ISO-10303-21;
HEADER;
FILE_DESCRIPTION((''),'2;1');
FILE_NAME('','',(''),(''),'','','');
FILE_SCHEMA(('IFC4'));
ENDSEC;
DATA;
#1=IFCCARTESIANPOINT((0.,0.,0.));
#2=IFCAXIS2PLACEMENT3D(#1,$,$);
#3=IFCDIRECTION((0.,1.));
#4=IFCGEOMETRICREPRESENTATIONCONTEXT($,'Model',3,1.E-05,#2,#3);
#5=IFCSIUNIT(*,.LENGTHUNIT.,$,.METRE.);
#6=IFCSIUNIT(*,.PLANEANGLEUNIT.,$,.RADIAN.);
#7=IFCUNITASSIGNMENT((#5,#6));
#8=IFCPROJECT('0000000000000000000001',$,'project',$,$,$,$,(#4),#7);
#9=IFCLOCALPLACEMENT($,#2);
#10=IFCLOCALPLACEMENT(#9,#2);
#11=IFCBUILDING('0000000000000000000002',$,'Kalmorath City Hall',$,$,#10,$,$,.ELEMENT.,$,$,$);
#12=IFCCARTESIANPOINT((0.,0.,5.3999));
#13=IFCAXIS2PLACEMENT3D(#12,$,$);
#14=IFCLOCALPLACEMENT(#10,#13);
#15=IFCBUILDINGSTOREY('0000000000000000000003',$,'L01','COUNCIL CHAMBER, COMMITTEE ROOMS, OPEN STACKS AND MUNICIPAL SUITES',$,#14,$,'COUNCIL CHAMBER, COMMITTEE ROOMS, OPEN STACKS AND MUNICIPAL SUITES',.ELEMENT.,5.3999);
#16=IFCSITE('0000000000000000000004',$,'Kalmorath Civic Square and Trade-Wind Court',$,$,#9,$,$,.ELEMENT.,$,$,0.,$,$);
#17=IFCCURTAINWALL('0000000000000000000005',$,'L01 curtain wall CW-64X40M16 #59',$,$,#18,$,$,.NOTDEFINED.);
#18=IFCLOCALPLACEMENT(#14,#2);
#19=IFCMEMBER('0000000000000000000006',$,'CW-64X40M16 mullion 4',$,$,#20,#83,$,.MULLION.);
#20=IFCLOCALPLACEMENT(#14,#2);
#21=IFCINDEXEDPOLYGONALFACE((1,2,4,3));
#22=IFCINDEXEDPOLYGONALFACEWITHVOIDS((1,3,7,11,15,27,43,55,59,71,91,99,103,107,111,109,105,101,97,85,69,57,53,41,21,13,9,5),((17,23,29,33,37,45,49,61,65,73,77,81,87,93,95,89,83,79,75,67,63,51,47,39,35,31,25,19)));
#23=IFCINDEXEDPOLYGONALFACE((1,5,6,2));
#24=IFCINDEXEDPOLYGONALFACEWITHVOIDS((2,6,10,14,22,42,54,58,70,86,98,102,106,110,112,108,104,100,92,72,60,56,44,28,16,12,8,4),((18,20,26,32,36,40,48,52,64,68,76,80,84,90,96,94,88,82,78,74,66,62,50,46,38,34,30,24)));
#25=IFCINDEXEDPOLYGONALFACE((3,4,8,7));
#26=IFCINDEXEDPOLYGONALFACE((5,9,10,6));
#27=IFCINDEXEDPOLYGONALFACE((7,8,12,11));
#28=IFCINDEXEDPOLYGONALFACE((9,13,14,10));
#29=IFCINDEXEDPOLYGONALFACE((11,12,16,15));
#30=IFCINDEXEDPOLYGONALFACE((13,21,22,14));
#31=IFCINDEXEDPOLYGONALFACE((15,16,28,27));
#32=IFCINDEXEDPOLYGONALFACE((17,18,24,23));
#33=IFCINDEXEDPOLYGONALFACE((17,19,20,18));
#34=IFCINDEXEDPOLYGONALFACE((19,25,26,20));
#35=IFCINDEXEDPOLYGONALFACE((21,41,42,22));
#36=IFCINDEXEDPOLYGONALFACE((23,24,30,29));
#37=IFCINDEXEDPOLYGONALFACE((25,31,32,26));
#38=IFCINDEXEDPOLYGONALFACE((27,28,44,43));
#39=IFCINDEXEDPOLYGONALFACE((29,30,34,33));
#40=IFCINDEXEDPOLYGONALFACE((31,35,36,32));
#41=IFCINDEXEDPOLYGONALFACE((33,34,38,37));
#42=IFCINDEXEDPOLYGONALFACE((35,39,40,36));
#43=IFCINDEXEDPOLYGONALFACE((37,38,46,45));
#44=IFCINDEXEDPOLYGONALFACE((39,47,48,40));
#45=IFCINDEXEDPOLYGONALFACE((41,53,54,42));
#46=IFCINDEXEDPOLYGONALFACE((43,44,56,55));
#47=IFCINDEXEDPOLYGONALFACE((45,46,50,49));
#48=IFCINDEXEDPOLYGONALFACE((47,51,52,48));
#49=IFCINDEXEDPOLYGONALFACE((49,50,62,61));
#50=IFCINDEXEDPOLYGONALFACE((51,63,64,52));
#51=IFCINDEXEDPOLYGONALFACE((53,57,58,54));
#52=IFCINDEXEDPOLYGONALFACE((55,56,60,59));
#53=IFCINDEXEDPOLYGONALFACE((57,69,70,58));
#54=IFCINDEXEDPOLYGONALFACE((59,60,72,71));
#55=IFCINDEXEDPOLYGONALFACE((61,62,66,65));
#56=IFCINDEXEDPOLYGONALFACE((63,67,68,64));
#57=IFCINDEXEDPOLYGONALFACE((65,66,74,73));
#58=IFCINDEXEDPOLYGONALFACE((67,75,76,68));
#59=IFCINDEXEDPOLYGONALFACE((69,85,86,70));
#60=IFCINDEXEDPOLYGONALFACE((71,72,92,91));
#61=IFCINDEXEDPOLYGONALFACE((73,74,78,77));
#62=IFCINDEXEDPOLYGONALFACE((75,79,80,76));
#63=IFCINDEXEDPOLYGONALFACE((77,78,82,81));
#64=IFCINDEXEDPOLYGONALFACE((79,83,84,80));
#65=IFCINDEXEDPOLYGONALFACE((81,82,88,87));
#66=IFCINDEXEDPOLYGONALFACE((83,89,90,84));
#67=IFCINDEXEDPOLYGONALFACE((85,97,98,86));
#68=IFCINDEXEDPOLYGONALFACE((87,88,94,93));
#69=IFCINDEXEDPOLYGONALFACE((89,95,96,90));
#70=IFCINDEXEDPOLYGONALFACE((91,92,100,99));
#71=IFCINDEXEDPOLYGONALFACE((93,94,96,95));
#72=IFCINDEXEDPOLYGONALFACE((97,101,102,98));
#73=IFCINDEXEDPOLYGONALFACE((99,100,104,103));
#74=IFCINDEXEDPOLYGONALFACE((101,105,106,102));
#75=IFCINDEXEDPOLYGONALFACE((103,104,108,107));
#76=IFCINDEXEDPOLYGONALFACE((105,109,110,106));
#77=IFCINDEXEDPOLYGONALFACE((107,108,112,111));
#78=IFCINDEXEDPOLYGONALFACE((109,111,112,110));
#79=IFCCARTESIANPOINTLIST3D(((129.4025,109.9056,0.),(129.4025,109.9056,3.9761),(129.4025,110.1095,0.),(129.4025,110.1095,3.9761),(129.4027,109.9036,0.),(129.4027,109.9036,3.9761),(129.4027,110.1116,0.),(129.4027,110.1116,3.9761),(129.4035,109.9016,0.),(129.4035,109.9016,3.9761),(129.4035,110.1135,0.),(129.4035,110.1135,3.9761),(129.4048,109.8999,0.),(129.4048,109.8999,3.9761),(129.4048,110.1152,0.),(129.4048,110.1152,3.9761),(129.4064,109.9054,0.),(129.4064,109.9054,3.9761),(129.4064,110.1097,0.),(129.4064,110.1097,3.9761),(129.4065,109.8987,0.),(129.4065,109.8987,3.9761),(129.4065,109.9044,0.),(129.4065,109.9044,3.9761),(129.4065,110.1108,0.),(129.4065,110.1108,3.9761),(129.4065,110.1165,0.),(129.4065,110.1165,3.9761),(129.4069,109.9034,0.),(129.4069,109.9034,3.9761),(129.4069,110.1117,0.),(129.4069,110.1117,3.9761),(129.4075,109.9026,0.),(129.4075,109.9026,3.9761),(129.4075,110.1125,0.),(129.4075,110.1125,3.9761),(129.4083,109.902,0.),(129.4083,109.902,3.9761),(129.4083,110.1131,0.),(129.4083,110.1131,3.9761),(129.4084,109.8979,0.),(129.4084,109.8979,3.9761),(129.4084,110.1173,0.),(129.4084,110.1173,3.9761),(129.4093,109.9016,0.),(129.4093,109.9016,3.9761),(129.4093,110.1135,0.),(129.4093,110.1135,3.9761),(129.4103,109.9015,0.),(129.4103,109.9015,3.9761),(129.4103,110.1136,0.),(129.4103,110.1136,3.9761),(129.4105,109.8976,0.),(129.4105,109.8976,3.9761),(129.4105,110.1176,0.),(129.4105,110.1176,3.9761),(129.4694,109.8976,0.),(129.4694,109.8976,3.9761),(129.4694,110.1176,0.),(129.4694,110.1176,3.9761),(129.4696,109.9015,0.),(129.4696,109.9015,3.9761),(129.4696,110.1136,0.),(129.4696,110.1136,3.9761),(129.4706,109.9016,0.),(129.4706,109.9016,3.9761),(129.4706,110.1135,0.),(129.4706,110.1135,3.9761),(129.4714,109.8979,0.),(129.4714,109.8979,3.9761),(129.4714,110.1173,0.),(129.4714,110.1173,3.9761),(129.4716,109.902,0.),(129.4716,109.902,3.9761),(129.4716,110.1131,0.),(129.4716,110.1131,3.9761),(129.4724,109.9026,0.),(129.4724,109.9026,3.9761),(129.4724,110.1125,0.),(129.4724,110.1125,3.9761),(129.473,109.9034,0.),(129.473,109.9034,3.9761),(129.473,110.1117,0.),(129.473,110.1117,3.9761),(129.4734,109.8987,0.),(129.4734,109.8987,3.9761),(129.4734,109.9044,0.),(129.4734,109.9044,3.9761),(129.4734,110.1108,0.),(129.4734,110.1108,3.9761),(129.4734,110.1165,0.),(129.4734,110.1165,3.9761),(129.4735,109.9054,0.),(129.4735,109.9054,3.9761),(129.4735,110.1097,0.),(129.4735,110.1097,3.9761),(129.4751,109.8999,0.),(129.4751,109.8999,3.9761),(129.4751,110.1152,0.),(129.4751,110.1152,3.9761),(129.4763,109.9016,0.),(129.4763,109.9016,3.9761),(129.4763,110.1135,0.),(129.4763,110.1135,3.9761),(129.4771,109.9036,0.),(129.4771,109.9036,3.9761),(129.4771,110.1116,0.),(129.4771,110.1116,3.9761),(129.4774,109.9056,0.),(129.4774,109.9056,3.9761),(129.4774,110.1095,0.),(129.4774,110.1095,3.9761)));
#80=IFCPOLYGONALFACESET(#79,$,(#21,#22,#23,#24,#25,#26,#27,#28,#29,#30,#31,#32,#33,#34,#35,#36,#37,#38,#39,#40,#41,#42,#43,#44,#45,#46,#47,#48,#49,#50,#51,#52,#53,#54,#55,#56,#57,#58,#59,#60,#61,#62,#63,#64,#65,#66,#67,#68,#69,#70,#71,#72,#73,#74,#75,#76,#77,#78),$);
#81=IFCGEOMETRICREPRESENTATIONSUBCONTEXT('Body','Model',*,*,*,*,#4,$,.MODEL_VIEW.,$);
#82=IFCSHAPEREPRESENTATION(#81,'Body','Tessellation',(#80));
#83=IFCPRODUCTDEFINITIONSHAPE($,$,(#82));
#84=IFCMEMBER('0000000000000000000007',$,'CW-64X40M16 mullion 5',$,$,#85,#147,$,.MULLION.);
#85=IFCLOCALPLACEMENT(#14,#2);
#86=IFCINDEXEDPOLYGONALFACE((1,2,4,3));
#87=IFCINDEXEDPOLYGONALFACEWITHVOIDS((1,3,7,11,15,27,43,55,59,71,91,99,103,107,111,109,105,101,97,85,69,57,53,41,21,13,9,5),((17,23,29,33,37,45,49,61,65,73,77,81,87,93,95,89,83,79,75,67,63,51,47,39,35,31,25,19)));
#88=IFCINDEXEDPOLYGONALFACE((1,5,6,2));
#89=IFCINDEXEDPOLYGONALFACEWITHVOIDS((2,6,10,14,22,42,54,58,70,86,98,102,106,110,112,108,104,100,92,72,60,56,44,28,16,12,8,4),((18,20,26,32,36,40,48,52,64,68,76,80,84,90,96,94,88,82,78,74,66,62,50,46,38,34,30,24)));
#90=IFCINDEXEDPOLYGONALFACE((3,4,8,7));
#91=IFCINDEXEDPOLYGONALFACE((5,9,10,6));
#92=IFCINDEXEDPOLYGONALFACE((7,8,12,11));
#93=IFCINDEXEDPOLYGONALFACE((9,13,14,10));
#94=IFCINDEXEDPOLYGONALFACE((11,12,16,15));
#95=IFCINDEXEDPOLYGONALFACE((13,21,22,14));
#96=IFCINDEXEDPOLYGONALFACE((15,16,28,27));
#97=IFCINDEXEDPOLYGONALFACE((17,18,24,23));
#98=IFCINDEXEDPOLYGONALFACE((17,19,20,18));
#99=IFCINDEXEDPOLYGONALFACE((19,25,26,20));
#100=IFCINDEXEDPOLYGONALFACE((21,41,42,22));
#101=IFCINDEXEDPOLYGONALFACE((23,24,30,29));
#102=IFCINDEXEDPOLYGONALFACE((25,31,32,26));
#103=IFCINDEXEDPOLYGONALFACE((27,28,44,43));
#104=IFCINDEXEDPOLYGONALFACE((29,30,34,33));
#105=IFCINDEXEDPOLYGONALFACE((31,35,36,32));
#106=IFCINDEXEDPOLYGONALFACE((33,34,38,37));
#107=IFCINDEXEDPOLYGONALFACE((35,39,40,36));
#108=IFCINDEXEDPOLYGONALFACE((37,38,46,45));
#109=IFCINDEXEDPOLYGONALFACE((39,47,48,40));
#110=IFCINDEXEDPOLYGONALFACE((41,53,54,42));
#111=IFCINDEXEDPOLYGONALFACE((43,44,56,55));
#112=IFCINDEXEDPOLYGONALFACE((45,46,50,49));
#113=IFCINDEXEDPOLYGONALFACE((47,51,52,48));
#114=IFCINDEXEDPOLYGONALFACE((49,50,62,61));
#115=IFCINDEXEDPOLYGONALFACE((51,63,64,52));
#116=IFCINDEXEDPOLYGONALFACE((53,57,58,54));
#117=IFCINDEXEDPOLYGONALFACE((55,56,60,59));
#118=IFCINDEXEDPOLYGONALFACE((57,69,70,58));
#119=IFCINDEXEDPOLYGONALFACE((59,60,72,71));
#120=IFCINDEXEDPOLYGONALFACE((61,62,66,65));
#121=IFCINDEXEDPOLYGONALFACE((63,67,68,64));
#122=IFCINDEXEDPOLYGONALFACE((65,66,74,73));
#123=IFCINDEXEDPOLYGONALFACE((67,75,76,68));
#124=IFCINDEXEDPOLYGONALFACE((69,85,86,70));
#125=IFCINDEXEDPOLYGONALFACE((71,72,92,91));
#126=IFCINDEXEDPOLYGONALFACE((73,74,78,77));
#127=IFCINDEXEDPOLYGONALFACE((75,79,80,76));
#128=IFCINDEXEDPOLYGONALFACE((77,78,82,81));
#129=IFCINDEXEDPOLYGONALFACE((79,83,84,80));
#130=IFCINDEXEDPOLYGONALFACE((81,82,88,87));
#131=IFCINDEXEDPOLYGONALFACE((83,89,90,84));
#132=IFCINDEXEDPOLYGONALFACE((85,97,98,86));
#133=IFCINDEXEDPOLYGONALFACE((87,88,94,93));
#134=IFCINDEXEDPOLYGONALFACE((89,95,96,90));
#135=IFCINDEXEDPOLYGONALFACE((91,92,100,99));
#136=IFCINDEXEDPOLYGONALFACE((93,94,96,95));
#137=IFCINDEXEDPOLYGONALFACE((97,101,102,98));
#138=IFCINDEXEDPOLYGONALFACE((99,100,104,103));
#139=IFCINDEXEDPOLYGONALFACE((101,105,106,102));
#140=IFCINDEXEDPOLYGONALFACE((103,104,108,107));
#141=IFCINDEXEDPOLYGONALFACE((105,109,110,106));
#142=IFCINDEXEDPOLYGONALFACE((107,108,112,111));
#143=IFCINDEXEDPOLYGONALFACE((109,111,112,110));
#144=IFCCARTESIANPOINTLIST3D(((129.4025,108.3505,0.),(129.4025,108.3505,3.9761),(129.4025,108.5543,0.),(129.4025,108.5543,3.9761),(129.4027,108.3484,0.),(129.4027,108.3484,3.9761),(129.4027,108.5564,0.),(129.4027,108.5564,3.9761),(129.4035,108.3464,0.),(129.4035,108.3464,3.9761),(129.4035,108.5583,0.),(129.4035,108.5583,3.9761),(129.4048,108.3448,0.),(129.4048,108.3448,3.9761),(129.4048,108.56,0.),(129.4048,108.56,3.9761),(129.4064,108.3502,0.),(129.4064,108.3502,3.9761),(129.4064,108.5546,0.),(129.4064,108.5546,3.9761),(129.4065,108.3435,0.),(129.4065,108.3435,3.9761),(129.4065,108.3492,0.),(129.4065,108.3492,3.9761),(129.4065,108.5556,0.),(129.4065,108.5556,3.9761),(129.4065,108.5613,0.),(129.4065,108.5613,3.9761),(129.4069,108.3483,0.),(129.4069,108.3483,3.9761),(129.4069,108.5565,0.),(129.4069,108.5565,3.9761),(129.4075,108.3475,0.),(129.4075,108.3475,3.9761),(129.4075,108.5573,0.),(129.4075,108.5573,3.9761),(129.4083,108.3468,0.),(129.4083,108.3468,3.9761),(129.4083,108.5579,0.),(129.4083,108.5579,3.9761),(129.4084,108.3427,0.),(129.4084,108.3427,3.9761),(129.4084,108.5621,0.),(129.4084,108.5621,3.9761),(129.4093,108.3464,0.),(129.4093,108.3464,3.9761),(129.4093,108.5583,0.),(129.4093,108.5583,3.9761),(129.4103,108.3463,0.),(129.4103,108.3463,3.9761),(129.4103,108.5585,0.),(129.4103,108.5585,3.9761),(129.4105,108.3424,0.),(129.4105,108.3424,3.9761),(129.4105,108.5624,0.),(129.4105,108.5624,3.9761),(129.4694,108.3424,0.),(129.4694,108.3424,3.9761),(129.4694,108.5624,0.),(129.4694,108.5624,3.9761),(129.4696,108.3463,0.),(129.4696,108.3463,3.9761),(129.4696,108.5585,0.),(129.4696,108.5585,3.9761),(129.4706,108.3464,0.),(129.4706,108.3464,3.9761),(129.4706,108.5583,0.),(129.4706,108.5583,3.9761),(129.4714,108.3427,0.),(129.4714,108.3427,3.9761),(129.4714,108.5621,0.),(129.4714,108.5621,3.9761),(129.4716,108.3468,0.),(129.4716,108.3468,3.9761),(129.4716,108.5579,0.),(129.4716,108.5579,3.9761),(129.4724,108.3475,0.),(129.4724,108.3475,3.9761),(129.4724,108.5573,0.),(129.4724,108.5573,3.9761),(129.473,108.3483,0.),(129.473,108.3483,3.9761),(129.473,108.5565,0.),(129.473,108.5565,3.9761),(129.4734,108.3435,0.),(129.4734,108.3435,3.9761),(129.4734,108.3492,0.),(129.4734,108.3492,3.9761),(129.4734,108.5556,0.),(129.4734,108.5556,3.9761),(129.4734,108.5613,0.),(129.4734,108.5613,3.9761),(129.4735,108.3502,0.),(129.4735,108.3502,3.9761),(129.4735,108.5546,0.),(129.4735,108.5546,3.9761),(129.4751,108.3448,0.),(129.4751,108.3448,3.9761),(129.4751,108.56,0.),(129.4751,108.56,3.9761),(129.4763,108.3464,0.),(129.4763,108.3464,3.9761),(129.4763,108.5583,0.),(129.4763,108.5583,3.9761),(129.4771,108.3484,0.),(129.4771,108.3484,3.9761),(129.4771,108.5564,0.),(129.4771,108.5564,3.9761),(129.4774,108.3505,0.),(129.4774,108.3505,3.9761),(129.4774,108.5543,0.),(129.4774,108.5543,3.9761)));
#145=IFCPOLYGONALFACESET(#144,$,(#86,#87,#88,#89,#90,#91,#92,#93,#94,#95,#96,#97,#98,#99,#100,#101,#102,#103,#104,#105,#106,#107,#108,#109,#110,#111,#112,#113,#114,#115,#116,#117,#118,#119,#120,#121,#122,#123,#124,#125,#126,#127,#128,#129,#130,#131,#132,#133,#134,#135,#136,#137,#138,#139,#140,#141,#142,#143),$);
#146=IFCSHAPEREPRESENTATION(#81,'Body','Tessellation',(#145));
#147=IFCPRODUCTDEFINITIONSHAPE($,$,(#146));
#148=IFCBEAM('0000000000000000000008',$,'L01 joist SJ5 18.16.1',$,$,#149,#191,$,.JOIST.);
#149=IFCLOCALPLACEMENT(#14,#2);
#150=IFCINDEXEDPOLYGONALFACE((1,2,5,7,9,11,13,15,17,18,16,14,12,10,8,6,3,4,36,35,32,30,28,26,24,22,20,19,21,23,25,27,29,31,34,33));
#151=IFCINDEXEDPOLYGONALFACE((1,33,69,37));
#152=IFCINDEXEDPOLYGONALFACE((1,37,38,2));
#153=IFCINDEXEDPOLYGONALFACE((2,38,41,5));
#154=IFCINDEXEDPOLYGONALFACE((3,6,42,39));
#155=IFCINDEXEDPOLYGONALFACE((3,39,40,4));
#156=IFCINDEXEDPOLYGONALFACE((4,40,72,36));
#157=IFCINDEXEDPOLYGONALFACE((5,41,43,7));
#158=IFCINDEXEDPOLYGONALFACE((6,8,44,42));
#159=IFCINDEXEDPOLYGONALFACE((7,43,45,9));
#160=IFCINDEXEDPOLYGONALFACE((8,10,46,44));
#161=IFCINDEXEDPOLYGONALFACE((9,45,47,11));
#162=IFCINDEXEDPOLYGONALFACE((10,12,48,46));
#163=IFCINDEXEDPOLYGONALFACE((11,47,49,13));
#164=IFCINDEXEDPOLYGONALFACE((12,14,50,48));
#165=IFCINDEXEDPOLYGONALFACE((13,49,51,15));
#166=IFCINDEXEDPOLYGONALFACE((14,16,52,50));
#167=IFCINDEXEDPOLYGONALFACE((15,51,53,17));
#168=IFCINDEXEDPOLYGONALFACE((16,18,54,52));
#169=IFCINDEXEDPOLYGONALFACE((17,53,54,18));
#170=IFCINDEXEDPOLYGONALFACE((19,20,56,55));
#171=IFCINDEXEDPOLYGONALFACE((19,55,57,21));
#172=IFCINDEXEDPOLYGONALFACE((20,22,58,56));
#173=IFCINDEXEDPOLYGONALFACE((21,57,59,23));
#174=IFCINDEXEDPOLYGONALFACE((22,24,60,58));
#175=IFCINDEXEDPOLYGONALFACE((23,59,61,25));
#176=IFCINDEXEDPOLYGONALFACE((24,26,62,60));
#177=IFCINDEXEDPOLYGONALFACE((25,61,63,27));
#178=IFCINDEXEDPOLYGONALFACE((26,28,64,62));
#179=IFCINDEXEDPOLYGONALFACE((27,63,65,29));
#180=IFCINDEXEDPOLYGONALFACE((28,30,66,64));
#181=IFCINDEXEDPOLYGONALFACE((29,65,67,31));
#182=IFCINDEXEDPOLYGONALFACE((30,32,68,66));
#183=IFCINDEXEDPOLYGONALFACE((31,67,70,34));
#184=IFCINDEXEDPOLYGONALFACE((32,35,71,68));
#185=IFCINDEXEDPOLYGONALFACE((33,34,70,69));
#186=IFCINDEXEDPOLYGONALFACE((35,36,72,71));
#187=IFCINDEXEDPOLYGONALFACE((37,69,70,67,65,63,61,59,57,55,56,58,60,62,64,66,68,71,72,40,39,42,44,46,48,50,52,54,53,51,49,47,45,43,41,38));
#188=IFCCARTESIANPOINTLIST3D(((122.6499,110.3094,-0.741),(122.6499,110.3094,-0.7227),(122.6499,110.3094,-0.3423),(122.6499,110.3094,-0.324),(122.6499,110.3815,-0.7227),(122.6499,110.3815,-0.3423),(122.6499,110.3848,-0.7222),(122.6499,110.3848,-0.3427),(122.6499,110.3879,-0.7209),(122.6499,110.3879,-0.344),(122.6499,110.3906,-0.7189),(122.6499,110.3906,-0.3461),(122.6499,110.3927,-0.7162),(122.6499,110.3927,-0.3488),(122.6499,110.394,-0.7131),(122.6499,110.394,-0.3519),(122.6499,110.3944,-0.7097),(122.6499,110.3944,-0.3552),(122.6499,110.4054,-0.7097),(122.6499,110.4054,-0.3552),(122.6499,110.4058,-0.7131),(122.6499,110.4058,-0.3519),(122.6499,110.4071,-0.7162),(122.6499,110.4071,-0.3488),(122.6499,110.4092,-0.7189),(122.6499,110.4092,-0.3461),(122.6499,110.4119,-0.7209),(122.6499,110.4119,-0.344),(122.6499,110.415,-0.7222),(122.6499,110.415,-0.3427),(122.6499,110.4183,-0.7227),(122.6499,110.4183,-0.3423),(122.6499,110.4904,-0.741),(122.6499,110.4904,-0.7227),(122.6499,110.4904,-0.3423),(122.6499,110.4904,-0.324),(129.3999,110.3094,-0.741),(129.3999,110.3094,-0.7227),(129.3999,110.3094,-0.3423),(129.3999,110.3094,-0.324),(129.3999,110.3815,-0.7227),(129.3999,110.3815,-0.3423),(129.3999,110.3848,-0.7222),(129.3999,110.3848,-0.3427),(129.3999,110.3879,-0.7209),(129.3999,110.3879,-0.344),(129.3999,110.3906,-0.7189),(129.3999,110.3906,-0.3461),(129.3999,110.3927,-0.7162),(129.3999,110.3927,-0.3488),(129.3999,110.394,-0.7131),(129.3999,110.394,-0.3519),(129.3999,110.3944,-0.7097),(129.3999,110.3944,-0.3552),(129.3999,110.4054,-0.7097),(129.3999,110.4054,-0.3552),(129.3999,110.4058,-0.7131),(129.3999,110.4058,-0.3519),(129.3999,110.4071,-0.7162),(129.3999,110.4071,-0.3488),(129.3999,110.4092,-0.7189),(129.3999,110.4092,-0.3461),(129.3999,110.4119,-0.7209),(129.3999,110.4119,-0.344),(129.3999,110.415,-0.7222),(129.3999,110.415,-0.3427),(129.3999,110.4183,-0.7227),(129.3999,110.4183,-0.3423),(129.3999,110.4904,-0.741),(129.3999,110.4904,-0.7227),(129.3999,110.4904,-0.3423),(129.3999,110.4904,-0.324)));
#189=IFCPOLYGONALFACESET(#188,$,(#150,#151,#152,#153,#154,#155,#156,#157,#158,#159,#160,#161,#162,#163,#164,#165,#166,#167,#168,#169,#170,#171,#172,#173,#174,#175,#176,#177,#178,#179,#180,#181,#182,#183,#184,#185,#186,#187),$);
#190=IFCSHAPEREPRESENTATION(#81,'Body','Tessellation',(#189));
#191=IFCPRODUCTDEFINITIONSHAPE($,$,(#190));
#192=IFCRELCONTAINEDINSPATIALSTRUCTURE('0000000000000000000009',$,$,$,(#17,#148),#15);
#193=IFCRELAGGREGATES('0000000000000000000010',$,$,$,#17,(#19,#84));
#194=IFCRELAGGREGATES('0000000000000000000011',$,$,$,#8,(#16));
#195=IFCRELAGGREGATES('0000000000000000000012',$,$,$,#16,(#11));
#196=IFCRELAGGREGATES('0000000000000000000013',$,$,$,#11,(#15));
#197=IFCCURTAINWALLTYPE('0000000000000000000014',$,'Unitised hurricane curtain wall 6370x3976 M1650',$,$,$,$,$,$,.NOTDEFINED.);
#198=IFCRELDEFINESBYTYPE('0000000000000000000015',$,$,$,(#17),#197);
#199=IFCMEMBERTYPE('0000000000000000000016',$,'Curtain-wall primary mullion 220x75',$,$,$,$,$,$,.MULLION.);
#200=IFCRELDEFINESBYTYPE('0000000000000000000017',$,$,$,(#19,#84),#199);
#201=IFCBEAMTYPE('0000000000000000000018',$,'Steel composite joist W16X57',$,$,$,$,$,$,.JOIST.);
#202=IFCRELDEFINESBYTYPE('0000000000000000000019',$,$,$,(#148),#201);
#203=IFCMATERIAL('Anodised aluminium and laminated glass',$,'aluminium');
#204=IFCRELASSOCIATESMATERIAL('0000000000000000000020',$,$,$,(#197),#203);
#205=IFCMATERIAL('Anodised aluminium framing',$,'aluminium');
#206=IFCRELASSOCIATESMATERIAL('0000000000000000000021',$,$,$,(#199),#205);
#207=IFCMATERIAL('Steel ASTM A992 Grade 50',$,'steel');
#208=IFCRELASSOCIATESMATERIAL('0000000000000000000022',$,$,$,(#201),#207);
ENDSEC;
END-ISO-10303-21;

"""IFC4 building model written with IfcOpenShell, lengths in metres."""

from ifc_helpers import new_model, si_unit, direction, frame, origin, origin_2d, place, context, subcontext, project, spatial, hollow_rectangle, i_section, extrude, material, material_profile, profile_set, type_object, element, aggregate, save


model = new_model("IFC4")

# Units and contexts
model_context = context("Model", 3, precision=1e-05, world=origin(), true_north=direction((0.0, 1.0)))
body_context = subcontext(model_context, "Body", "Model", "MODEL_VIEW")
ifc_project = project(units=[si_unit("LENGTHUNIT", "METRE"), si_unit("PLANEANGLEUNIT", "RADIAN")], contexts=[model_context])

# Site, building, storey
site_placement = place(None, origin())
site = spatial("IfcSite", under=ifc_project, at=site_placement, Name="Kalmorath Civic Square and Trade-Wind Court", CompositionType="ELEMENT", RefElevation=0.0)
building_placement = place(site_placement, origin())
building = spatial("IfcBuilding", under=site, at=building_placement, Name="Kalmorath City Hall", CompositionType="ELEMENT")
storey_placement = place(building_placement, frame((0.0, 0.0, 5.3999)))
storey = spatial("IfcBuildingStorey", under=building, at=storey_placement, Name="L01", Description="COUNCIL CHAMBER, COMMITTEE ROOMS, OPEN STACKS AND MUNICIPAL SUITES", LongName="COUNCIL CHAMBER, COMMITTEE ROOMS, OPEN STACKS AND MUNICIPAL SUITES", CompositionType="ELEMENT", Elevation=5.3999)

# Curtain wall, members
ifc_material_1 = material(Name="Anodised aluminium and laminated glass", Category="aluminium")
curtain_wall_type = type_object("IfcCurtainWallType", Name="Unitised hurricane curtain wall 6370x3976 M1650", PredefinedType="NOTDEFINED", material=ifc_material_1)
curtain_wall_placement = place(storey_placement, origin())
curtain_wall = element("IfcCurtainWall", 1, at=curtain_wall_placement, inside=storey, type_object=curtain_wall_type, Name="L01 curtain wall CW-64X40M16 #59", PredefinedType="NOTDEFINED")
ifc_material_2 = material(Name="Anodised aluminium framing", Category="aluminium")
ifc_material_profile_1 = material_profile(ifc_material_2, hollow_rectangle(XDim=0.075, YDim=0.22, WallThickness=0.0039, InnerFilletRadius=0.0039, OuterFilletRadius=0.0081, at=origin_2d()), Name="ALU-MUL-220X75X4")
ifc_profile_set_1 = profile_set([ifc_material_profile_1], Name="Anodised aluminium framing")
member_type_1 = type_object("IfcMemberType", Name="Curtain-wall primary mullion 220x75", PredefinedType="MULLION", material=ifc_profile_set_1)
member_1_placement = place(storey_placement, frame((129.4399, 110.0076, 0.0), z_axis=(0.0, 0.0, 1.0), x_axis=(1.0, 0.0, 0.0)))
member_1 = element("IfcMember", 2, at=member_1_placement, type_object=member_type_1, Name="CW-64X40M16 mullion 4", PredefinedType="MULLION", context=body_context, shape_type="SweptSolid", body=[
    extrude(hollow_rectangle(XDim=0.075, YDim=0.22, WallThickness=0.0039, InnerFilletRadius=0.0039, OuterFilletRadius=0.0081, at=origin_2d()), origin(), (0.0, 0.0, 1.0), 3.9761),
])
member_2_placement = place(storey_placement, frame((129.4399, 108.4524, 0.0), z_axis=(0.0, 0.0, 1.0), x_axis=(1.0, 0.0, 0.0)))
member_2 = element("IfcMember", 3, at=member_2_placement, type_object=member_type_1, Name="CW-64X40M16 mullion 5", PredefinedType="MULLION", context=body_context, shape_type="SweptSolid", body=[
    extrude(hollow_rectangle(XDim=0.075, YDim=0.22, WallThickness=0.0039, InnerFilletRadius=0.0039, OuterFilletRadius=0.0081, at=origin_2d()), origin(), (0.0, 0.0, 1.0), 3.9761),
])

# Beam
ifc_material_3 = material(Name="Steel ASTM A992 Grade 50", Category="steel")
ifc_material_profile_2 = material_profile(ifc_material_3, i_section(OverallWidth=0.1809, OverallDepth=0.417, WebThickness=0.011, FlangeThickness=0.0183, FilletRadius=0.0129, at=origin_2d()), Name="W16X57")
ifc_profile_set_2 = profile_set([ifc_material_profile_2], Name="Steel ASTM A992 Grade 50")
beam_type_1 = type_object("IfcBeamType", Name="Steel composite joist W16X57", PredefinedType="JOIST", material=ifc_profile_set_2)
beam_1_placement = place(storey_placement, frame((122.6499, 110.3999, -0.5325), z_axis=(1.0, 0.0, 0.0), x_axis=(0.0, 1.0, 0.0)))
element("IfcBeam", 4, at=beam_1_placement, inside=storey, type_object=beam_type_1, Name="L01 joist SJ5 18.16.1", PredefinedType="JOIST", context=body_context, shape_type="SweptSolid", body=[
    extrude(i_section(OverallWidth=0.1809, OverallDepth=0.417, WebThickness=0.011, FlangeThickness=0.0183, FilletRadius=0.0129, at=origin_2d()), origin(), (0.0, 0.0, 1.0), 6.75),
])

aggregate(curtain_wall, [member_1, member_2])

save(model, "model.ifc")
